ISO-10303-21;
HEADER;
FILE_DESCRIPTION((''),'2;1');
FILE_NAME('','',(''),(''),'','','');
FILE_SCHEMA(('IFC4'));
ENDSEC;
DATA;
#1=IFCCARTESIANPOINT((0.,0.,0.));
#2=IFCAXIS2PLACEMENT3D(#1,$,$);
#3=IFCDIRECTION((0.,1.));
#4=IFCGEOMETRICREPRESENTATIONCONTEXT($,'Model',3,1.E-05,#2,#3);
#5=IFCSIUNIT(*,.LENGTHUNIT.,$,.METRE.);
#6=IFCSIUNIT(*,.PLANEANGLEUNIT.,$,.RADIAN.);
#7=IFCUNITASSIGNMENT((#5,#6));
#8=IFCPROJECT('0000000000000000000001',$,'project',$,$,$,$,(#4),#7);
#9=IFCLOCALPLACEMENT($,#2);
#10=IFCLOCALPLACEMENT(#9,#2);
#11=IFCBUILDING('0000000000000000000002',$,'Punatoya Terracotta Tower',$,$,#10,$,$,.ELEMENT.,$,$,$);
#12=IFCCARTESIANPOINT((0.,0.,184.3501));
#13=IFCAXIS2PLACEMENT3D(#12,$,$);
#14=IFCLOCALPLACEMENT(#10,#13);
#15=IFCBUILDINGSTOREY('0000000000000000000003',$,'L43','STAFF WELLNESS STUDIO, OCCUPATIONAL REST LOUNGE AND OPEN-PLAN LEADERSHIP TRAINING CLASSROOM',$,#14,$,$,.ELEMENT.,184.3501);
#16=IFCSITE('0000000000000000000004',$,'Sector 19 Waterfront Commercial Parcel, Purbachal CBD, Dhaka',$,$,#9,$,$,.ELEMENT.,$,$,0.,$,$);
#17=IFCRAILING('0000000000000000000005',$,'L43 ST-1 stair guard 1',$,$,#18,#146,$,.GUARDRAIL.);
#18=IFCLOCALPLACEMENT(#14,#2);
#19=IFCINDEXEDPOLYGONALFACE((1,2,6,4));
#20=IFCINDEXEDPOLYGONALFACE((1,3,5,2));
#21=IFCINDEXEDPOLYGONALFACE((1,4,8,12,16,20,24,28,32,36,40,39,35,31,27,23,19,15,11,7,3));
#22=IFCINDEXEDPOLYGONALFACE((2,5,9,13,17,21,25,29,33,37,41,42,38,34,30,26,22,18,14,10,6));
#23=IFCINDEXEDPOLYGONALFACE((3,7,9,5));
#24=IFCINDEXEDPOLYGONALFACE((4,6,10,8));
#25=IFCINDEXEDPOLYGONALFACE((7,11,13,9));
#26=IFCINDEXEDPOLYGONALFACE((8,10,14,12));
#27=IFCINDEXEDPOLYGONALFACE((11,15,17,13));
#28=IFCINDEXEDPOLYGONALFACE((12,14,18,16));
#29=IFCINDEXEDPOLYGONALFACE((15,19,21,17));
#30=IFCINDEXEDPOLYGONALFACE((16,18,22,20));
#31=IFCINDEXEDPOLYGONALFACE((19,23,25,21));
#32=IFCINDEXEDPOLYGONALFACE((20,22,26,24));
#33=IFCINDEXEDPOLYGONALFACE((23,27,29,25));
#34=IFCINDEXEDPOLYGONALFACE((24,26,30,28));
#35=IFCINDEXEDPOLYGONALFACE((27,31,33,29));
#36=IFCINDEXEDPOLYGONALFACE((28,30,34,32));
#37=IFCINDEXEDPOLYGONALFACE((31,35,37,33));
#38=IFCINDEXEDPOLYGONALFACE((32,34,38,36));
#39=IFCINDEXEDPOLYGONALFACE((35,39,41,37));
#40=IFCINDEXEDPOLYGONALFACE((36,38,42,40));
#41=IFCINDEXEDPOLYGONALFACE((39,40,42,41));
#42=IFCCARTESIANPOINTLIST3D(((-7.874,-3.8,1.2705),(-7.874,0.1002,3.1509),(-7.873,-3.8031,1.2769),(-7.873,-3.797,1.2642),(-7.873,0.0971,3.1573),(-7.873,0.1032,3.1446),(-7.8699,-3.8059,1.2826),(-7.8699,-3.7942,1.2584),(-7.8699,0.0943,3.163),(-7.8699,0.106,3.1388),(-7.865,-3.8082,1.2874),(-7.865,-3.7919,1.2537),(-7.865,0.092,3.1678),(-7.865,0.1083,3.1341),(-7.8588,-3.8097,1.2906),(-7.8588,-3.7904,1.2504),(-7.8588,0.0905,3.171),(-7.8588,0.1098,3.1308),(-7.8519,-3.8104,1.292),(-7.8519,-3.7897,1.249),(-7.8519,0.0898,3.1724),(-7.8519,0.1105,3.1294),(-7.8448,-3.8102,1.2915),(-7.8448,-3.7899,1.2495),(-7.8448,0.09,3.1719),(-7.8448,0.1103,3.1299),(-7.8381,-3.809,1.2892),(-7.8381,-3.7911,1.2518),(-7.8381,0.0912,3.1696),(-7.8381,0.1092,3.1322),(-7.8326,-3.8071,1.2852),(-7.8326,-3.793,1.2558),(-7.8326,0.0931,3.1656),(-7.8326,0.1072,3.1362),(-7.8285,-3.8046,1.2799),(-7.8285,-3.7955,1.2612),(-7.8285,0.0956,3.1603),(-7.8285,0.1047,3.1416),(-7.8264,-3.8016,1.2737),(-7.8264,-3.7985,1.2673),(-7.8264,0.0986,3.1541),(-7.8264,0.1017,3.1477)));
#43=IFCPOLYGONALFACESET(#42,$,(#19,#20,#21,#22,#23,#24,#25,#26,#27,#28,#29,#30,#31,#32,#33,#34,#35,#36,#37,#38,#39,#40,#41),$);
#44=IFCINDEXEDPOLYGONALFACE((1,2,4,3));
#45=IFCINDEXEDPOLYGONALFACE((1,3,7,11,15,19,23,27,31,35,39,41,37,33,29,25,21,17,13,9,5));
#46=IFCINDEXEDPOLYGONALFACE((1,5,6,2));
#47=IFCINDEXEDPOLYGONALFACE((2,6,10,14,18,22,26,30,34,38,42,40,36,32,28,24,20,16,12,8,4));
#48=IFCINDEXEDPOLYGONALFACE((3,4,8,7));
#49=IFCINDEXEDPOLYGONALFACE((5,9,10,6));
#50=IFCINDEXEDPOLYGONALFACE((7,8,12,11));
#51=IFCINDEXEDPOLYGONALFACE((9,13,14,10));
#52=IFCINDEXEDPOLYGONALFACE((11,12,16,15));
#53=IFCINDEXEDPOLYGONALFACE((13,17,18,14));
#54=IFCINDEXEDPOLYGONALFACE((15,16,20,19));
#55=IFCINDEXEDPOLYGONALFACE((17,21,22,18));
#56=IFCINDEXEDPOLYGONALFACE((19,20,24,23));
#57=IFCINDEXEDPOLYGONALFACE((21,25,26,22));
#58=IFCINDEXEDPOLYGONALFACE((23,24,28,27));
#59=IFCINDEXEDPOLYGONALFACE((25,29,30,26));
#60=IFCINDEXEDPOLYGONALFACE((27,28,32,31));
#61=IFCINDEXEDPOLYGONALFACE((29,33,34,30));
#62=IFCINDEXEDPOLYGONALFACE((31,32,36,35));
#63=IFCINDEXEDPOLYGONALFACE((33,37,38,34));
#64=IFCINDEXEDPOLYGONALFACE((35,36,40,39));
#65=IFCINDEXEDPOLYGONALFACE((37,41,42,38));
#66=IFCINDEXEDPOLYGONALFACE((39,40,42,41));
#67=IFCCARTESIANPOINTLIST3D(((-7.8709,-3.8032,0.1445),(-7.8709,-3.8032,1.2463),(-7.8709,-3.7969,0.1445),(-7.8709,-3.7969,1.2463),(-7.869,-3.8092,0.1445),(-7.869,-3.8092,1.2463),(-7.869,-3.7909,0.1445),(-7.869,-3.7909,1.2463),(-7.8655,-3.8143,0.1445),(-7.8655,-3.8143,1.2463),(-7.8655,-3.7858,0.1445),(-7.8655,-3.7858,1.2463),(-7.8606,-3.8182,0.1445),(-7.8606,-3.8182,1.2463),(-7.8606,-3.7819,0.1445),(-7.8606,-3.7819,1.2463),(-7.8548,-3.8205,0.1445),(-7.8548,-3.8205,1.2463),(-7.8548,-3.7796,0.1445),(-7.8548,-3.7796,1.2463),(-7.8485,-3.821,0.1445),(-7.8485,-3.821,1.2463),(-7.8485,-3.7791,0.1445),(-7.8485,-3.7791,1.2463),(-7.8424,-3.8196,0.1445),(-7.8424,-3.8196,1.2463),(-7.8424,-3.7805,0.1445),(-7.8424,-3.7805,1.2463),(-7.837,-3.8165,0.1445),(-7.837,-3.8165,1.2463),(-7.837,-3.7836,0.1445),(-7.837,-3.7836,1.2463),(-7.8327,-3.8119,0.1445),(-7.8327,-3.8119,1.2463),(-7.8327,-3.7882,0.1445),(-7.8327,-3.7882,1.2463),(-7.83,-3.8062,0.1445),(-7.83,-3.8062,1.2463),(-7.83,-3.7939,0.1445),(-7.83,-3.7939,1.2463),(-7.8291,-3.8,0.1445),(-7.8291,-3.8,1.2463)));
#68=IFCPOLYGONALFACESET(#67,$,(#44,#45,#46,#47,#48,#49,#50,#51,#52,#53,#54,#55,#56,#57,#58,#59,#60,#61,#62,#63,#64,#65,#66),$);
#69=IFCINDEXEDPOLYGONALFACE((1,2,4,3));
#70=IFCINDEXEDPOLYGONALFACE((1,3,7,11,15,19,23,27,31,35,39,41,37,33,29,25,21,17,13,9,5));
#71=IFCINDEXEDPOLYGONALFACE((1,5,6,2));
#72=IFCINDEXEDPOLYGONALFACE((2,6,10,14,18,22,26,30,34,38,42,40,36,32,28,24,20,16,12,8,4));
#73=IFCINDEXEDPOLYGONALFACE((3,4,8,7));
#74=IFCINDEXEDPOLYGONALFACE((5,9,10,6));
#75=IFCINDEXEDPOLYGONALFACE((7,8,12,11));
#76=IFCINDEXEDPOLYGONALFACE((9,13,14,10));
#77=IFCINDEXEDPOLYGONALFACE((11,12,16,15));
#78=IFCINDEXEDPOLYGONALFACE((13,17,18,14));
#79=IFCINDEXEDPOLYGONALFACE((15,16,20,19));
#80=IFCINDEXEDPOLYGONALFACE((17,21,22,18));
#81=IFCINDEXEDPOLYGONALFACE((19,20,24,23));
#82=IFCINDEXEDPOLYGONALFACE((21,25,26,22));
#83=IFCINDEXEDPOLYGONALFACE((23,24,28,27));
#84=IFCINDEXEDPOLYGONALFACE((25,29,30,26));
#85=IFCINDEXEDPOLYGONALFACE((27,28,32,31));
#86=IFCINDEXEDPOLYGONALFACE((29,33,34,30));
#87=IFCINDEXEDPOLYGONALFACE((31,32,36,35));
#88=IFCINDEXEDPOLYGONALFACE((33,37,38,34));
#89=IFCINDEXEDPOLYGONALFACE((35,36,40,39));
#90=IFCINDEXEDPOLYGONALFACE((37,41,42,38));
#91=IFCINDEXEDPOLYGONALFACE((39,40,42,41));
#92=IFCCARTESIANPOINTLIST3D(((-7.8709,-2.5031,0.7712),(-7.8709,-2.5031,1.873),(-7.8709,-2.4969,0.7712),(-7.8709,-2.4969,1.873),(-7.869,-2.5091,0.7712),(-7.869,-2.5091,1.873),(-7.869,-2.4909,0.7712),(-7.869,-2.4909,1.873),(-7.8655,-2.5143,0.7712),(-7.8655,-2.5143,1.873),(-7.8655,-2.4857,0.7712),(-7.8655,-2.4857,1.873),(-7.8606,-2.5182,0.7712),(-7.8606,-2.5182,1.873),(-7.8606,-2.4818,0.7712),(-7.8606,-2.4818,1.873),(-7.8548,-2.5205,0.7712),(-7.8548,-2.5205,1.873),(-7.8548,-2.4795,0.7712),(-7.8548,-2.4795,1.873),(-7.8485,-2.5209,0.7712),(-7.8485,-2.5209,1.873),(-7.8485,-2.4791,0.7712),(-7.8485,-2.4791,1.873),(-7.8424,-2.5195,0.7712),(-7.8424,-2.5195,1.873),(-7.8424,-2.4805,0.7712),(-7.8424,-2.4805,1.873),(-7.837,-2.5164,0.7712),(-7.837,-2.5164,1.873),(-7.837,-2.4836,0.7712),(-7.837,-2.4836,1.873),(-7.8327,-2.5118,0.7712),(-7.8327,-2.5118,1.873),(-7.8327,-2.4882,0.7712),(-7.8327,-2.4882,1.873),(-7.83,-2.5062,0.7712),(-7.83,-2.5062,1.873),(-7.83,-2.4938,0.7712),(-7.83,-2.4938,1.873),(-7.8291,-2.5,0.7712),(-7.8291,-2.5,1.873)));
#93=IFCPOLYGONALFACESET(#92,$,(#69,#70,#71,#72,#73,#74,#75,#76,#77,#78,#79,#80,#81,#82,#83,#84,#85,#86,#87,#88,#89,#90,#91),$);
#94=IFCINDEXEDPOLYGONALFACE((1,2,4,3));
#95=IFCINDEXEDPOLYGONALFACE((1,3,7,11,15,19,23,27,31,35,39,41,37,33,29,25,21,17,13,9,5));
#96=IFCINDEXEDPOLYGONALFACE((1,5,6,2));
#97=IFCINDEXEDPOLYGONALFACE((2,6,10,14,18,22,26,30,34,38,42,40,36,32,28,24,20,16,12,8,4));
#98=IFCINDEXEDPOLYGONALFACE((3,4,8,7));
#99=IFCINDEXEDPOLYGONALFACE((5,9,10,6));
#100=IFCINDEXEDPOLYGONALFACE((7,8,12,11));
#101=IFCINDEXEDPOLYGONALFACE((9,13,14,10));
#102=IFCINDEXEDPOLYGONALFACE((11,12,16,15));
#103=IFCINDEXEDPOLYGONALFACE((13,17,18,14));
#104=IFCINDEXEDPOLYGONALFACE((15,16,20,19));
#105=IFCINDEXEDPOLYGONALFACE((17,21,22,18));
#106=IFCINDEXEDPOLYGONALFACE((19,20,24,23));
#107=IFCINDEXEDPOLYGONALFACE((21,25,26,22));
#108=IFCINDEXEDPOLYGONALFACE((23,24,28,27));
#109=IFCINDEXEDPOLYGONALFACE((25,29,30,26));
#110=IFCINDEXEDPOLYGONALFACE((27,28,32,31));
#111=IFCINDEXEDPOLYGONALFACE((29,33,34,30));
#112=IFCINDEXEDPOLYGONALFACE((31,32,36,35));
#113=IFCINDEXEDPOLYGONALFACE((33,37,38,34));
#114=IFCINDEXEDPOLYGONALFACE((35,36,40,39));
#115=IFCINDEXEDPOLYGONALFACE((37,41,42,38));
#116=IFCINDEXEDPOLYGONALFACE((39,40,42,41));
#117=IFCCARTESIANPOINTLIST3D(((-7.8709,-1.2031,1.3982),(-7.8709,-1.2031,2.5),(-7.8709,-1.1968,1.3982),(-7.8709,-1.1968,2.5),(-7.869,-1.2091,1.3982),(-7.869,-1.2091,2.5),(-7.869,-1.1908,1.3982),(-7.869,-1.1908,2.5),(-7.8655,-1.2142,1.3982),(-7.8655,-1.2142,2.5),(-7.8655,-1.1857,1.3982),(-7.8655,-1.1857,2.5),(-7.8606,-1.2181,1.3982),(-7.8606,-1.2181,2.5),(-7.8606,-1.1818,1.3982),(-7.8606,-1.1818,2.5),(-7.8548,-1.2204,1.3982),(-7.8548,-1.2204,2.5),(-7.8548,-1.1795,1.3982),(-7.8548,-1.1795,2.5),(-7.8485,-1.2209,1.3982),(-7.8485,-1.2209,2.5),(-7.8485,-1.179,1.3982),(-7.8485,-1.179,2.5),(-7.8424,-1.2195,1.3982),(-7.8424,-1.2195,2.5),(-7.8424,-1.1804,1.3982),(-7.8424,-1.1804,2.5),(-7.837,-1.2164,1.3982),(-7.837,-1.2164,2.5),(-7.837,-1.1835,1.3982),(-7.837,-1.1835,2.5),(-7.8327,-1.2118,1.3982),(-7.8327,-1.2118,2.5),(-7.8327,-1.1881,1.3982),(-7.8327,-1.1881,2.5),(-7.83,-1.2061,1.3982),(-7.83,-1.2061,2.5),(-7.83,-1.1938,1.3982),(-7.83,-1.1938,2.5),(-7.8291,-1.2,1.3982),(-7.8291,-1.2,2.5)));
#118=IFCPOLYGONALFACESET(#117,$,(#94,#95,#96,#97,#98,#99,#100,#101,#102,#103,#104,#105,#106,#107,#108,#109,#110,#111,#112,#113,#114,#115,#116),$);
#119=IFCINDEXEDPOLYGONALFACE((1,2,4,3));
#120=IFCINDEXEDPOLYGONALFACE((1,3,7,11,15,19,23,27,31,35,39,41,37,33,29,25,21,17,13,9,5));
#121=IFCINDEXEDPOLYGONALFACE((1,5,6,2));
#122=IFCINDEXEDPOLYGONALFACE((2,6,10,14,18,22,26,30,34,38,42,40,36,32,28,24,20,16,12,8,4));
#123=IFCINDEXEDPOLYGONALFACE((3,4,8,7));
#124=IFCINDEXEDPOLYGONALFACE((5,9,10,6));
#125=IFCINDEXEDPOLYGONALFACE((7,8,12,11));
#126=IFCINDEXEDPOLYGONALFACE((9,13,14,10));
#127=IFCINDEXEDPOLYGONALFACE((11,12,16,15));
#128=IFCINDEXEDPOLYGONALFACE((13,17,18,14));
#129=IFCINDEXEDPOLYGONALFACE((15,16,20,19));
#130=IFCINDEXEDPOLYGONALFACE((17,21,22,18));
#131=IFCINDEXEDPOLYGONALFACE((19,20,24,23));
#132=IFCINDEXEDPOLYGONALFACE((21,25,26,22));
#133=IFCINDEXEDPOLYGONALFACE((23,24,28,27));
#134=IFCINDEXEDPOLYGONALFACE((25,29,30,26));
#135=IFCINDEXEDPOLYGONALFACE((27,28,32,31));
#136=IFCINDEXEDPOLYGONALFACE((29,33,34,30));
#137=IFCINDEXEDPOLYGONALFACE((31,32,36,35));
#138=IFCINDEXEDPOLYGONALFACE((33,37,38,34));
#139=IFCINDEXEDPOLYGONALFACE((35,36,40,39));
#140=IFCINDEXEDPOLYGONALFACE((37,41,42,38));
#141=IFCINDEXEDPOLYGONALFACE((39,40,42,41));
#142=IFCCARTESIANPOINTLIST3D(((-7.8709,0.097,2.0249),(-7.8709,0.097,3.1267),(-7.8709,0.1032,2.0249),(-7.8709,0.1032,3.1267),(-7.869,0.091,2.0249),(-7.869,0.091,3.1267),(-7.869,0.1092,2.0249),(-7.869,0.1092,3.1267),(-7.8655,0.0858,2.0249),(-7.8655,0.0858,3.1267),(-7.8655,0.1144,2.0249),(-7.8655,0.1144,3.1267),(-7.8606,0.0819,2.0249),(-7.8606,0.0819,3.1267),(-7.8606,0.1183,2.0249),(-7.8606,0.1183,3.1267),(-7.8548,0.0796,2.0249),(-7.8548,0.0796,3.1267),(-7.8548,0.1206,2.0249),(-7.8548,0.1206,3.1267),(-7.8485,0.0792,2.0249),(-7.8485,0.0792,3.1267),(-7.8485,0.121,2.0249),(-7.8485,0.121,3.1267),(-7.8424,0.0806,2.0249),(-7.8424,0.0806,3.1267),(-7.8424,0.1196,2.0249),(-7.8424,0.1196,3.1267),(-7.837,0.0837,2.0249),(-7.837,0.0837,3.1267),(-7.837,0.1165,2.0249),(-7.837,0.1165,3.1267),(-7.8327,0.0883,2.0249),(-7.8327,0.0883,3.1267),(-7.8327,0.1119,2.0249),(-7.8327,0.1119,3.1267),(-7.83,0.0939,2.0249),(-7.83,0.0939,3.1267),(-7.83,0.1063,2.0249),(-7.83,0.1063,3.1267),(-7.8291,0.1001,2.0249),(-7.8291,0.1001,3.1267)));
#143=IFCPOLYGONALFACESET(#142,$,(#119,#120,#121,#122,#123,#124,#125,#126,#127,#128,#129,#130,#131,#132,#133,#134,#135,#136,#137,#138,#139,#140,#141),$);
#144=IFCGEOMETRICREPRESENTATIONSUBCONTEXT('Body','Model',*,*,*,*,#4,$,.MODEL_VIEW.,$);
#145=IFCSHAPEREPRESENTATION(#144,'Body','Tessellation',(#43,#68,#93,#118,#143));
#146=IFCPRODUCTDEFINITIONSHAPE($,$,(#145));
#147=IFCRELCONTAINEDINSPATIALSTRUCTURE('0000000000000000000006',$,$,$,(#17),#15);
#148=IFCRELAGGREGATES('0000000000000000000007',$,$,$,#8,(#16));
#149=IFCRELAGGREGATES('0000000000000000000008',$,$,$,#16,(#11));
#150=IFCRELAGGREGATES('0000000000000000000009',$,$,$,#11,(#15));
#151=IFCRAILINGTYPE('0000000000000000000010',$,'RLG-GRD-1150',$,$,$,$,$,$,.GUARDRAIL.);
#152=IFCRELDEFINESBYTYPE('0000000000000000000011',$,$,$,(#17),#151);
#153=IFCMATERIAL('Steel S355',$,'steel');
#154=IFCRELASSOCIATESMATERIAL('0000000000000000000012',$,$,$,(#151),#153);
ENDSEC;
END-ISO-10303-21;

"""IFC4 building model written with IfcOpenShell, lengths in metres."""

from ifc_helpers import new_model, si_unit, direction, frame, origin, origin_2d, place, context, subcontext, project, spatial, circle, extrude, material, type_object, element, save


model = new_model("IFC4")

# Units and contexts
model_context = context("Model", 3, precision=1e-05, world=origin(), true_north=direction((0.0, 1.0)))
body_context = subcontext(model_context, "Body", "Model", "MODEL_VIEW")
ifc_project = project(units=[si_unit("LENGTHUNIT", "METRE"), si_unit("PLANEANGLEUNIT", "RADIAN")], contexts=[model_context])

# Site, building, storey
site_placement = place(None, origin())
site = spatial("IfcSite", under=ifc_project, at=site_placement, Name="Sector 19 Waterfront Commercial Parcel, Purbachal CBD, Dhaka", CompositionType="ELEMENT", RefElevation=0.0)
building_placement = place(site_placement, origin())
building = spatial("IfcBuilding", under=site, at=building_placement, Name="Punatoya Terracotta Tower", CompositionType="ELEMENT")
storey_placement = place(building_placement, frame((0.0, 0.0, 184.3501)))
storey = spatial("IfcBuildingStorey", under=building, at=storey_placement, Name="L43", Description="STAFF WELLNESS STUDIO, OCCUPATIONAL REST LOUNGE AND OPEN-PLAN LEADERSHIP TRAINING CLASSROOM", CompositionType="ELEMENT", Elevation=184.3501)

# Shared definitions
ifc_material_1 = material(Name="Steel S355", Category="steel")

# Railing
railing_type_1 = type_object("IfcRailingType", Name="RLG-GRD-1150", PredefinedType="GUARDRAIL", material=ifc_material_1)
railing_1_placement = place(storey_placement, frame((-7.8501, -3.8, 0.1445)))
element("IfcRailing", 1, at=railing_1_placement, inside=storey, type_object=railing_type_1, Name="L43 ST-1 stair guard 1", PredefinedType="GUARDRAIL", context=body_context, shape_type="SweptSolid", body=[
    extrude(circle(Radius=0.0239, at=origin_2d()), frame((0.0, 0.0, 1.126), z_axis=(0.0, 0.900774, 0.434289), x_axis=(-1.0, 0.0, 0.0)), (0.0, 0.0, 1.0), 4.3298),
    extrude(circle(Radius=0.021, at=origin_2d()), origin(), (0.0, 0.0, 1.0), 1.1018),
    extrude(circle(Radius=0.021, at=origin_2d()), frame((0.0, 1.3, 0.6267)), (0.0, 0.0, 1.0), 1.1018),
    extrude(circle(Radius=0.021, at=origin_2d()), frame((0.0, 2.6001, 1.2537)), (0.0, 0.0, 1.0), 1.1018),
    extrude(circle(Radius=0.021, at=origin_2d()), frame((0.0, 3.9001, 1.8804)), (0.0, 0.0, 1.0), 1.1018),
])

save(model, "model.ifc")
